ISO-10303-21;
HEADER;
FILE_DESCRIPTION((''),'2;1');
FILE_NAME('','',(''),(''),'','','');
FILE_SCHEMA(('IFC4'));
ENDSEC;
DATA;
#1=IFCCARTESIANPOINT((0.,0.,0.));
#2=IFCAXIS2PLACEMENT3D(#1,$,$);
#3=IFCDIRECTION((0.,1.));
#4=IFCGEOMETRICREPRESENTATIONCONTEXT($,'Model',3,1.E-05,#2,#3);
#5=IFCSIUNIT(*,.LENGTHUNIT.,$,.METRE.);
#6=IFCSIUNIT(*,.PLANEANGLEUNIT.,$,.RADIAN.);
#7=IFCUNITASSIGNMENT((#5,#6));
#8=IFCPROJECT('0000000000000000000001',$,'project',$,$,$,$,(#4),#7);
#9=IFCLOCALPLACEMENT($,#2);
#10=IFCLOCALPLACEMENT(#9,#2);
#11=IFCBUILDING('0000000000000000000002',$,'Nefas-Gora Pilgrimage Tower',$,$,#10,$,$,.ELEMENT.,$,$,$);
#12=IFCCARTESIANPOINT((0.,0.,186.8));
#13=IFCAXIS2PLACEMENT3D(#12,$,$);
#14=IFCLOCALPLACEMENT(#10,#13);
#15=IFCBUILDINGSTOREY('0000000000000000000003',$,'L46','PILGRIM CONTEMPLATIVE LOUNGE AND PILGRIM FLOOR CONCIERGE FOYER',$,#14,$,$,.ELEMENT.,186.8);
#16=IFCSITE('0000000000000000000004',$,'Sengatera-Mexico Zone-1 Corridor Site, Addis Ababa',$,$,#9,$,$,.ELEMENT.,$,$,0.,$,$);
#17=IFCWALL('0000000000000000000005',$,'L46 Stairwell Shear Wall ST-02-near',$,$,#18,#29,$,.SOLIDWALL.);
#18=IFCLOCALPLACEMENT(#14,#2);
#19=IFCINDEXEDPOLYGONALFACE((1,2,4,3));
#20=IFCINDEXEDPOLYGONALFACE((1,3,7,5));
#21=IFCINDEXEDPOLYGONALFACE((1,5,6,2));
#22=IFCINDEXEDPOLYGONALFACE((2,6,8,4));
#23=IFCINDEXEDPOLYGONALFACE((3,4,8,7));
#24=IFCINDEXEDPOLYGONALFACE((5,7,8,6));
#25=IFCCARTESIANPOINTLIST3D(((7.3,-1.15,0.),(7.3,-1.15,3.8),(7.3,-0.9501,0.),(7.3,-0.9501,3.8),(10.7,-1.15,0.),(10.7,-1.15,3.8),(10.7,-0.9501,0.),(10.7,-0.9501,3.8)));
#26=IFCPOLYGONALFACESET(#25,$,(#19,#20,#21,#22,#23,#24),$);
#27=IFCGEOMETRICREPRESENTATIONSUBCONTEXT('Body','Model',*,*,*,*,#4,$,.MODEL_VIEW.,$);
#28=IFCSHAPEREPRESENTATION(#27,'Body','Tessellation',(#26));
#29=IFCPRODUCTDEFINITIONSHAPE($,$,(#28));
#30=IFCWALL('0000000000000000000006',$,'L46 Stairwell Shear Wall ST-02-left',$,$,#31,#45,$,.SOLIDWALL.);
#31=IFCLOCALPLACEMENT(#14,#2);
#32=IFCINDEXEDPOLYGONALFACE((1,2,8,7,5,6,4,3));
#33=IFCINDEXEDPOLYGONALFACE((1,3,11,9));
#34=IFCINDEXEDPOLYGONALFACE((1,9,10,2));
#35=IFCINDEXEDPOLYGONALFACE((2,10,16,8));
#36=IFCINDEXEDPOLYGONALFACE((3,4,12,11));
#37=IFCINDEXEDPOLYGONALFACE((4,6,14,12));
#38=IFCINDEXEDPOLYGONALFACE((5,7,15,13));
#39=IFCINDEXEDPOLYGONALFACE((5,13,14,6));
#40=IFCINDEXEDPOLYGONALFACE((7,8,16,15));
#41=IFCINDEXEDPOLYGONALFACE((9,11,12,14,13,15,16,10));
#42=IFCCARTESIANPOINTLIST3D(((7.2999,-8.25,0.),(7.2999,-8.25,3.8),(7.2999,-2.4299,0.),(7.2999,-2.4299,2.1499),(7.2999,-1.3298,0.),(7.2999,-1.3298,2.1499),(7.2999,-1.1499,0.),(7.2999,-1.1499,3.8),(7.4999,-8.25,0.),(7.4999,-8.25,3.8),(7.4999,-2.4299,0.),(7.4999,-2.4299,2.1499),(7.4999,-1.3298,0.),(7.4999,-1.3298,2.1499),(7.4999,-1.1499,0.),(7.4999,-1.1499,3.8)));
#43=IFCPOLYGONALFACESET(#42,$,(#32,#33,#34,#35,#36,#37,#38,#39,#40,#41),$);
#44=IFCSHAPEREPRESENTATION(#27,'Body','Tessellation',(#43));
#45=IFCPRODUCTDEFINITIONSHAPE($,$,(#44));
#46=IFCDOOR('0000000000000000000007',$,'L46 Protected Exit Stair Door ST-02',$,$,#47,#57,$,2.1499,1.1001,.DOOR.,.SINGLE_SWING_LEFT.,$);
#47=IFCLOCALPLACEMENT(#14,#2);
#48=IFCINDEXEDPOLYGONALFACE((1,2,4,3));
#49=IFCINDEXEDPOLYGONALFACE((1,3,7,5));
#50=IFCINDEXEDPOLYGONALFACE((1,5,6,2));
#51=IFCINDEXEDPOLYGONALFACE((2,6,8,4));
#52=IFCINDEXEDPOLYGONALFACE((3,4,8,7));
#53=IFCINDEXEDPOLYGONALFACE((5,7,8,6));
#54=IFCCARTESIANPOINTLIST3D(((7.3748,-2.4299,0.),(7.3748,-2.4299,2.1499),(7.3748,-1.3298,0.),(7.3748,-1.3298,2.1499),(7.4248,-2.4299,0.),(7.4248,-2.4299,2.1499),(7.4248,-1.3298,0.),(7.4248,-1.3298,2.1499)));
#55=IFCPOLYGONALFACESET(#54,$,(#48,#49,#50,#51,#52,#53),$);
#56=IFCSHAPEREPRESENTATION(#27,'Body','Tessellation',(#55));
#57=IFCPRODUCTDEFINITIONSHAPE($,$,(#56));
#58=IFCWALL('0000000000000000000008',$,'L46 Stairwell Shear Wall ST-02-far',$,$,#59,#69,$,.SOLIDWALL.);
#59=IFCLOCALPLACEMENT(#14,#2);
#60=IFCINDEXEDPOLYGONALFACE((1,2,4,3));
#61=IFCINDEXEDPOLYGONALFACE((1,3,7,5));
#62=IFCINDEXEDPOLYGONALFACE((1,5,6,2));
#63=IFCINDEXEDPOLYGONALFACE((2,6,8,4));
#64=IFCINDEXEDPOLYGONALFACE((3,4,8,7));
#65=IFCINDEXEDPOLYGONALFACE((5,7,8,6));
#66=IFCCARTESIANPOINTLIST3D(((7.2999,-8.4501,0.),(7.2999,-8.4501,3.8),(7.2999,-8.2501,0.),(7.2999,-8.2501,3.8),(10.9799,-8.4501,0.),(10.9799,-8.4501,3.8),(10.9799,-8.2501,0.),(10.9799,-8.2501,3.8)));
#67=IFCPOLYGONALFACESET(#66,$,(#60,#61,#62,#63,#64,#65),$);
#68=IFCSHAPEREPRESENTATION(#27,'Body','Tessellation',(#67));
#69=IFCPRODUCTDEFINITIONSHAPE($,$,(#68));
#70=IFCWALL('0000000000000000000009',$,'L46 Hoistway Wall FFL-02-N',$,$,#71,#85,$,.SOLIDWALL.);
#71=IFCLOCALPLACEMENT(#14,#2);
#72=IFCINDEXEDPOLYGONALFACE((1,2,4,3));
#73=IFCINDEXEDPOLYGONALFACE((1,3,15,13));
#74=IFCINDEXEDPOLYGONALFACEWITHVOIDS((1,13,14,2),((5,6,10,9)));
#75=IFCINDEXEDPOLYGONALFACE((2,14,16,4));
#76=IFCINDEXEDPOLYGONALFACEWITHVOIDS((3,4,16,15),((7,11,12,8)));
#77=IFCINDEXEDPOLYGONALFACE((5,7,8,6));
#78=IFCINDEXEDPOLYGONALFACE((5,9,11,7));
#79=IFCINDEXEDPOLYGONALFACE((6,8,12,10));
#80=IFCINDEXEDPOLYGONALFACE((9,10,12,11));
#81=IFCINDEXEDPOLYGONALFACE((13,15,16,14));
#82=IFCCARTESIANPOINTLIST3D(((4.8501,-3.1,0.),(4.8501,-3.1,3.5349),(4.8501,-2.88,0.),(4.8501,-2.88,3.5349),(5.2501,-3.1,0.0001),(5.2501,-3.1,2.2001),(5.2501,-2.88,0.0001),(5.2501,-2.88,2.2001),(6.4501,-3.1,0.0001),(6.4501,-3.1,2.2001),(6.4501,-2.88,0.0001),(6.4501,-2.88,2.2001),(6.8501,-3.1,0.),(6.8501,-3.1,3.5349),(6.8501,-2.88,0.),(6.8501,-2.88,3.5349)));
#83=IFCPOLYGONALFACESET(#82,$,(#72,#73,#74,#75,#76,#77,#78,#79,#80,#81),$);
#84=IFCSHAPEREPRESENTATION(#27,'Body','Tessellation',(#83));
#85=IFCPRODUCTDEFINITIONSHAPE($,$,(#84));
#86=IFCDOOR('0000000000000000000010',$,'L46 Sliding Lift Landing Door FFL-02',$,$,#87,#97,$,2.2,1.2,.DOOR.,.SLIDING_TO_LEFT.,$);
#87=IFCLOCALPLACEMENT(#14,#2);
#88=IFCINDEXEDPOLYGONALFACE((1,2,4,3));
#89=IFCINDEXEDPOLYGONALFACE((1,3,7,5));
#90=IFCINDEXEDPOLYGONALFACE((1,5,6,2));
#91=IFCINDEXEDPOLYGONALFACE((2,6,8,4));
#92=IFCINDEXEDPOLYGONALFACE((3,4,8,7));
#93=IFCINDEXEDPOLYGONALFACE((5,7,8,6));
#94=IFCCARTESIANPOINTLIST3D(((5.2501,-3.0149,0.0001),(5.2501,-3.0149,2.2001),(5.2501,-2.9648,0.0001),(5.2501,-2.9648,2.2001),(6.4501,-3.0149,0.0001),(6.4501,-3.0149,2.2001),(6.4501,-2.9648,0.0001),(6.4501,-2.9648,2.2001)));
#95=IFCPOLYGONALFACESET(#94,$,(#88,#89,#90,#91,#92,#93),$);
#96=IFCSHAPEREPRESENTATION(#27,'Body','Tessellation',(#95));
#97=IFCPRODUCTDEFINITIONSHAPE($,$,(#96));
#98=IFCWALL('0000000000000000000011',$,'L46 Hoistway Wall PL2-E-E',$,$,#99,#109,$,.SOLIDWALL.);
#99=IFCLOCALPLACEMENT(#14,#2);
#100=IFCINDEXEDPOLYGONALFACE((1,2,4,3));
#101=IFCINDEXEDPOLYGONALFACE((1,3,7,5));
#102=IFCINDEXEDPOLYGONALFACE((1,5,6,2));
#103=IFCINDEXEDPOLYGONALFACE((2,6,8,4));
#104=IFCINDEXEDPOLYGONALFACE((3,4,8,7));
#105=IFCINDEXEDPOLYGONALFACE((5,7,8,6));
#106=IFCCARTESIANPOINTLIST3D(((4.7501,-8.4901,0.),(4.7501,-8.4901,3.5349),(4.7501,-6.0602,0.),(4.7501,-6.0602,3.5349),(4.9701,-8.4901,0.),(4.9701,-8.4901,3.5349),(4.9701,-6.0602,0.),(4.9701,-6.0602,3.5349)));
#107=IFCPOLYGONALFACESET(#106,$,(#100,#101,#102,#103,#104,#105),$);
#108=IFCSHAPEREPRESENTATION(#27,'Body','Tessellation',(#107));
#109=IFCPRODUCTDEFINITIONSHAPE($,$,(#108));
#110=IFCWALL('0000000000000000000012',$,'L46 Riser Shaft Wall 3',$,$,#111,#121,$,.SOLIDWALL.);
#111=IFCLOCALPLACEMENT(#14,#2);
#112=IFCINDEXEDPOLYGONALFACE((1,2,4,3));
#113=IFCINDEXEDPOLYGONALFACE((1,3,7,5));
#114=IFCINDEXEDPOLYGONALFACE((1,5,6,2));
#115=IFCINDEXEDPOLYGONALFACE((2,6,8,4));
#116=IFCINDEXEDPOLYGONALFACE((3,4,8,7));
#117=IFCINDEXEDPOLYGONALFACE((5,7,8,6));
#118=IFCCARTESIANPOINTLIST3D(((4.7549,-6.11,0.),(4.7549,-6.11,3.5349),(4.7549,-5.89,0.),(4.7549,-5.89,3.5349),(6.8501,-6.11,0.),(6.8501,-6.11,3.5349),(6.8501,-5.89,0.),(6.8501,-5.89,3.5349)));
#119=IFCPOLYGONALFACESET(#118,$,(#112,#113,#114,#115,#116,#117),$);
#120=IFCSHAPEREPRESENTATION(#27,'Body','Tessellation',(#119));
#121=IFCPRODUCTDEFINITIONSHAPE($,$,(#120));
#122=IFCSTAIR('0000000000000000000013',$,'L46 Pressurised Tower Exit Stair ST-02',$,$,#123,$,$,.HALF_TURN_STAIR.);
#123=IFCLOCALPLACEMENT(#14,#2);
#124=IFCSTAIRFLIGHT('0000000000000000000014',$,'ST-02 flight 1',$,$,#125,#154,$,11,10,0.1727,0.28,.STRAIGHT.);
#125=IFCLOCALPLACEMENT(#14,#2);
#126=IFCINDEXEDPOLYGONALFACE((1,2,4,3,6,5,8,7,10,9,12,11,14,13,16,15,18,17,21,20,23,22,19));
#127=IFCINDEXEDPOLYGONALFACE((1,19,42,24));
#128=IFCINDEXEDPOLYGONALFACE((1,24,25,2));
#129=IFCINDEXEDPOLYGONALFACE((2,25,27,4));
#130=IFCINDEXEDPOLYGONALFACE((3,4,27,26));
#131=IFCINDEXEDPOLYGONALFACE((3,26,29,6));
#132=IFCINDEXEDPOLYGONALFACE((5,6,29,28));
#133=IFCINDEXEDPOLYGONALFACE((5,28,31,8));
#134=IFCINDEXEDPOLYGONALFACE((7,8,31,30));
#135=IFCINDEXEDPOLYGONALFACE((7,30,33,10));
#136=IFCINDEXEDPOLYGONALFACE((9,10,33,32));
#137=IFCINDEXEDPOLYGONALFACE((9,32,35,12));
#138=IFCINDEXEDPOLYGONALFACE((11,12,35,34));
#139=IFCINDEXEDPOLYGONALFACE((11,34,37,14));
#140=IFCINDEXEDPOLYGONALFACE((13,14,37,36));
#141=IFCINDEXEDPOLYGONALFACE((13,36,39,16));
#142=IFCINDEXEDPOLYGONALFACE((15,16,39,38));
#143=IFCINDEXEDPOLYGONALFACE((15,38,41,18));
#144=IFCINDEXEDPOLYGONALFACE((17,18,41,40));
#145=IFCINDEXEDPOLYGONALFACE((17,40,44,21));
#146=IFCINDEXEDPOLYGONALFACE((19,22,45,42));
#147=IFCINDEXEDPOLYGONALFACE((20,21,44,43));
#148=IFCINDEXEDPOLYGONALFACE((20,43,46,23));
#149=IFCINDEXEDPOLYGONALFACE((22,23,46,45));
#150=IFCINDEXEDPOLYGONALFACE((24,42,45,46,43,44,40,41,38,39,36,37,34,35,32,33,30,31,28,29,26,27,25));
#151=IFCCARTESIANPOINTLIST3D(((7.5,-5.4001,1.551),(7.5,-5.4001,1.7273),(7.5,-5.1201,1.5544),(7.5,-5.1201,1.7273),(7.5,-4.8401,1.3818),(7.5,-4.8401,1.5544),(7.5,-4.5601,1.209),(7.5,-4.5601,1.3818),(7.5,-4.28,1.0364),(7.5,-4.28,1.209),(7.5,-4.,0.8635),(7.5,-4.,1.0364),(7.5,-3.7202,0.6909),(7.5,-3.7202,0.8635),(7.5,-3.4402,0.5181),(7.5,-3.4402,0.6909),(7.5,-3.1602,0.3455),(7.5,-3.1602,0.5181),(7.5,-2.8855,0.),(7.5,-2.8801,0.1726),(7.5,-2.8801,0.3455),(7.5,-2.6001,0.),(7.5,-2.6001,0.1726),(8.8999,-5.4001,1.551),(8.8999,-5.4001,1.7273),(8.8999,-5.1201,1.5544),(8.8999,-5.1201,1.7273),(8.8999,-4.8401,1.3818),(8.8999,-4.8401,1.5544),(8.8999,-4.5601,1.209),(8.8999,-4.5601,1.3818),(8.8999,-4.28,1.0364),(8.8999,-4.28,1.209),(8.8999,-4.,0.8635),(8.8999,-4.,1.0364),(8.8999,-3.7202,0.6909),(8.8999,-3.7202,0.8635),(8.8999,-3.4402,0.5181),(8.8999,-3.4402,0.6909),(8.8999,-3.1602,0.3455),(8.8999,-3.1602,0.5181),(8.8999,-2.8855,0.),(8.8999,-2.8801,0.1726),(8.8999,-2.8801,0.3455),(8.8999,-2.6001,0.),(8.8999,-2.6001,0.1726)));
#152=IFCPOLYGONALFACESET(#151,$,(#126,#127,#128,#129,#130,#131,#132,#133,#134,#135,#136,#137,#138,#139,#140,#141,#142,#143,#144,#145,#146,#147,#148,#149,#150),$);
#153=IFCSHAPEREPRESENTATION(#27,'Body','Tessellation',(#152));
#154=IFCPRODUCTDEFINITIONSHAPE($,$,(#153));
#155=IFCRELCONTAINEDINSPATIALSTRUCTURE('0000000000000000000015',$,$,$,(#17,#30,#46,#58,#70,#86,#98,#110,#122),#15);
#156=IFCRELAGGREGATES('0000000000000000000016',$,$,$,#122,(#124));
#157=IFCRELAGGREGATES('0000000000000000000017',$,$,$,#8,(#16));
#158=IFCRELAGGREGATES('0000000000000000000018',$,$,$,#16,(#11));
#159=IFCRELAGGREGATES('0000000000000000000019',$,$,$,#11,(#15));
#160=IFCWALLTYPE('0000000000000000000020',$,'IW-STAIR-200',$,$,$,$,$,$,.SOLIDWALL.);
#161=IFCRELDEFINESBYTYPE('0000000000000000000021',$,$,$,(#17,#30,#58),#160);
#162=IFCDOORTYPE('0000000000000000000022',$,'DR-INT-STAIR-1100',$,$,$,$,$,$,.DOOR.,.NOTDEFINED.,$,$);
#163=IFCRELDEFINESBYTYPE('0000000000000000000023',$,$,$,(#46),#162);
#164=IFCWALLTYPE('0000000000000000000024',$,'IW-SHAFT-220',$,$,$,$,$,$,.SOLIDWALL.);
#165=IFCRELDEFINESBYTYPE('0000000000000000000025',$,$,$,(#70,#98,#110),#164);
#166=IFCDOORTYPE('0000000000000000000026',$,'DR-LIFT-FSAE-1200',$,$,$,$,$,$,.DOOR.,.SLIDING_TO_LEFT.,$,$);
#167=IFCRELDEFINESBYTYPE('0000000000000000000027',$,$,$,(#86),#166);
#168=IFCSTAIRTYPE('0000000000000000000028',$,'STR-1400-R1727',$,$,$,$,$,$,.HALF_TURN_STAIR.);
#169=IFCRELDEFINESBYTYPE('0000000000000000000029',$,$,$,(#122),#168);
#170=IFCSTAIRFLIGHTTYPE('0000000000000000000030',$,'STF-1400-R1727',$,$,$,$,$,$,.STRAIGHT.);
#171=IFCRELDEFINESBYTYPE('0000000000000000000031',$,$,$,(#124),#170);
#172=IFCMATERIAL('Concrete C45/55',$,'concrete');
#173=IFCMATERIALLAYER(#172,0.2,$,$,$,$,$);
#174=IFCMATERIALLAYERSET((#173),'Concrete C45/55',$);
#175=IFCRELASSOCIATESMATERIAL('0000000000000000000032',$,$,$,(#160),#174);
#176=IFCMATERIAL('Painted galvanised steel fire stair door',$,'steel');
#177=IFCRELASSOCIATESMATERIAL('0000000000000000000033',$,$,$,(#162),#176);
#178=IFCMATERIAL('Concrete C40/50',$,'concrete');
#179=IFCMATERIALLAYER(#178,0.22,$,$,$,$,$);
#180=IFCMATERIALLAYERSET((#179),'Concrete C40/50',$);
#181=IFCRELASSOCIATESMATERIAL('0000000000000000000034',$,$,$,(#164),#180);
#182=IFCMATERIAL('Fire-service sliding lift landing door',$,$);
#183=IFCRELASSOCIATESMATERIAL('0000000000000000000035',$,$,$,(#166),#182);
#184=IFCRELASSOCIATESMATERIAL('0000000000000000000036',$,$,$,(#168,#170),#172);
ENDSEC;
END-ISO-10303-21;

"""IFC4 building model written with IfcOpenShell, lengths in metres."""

from ifc_helpers import new_model, si_unit, direction, frame, frame_2d, origin, place, context, subcontext, project, spatial, polyline, rectangle, outline, extrude, source, transform, mapped, material, layer, layer_set, type_object, element, fill, aggregate, save


model = new_model("IFC4")

# Units and contexts
model_context = context("Model", 3, precision=1e-05, world=origin(), true_north=direction((0.0, 1.0)))
body_context = subcontext(model_context, "Body", "Model", "MODEL_VIEW")
ifc_project = project(units=[si_unit("LENGTHUNIT", "METRE"), si_unit("PLANEANGLEUNIT", "RADIAN")], contexts=[model_context])

# Site, building, storey
site_placement = place(None, origin())
site = spatial("IfcSite", under=ifc_project, at=site_placement, Name="Sengatera-Mexico Zone-1 Corridor Site, Addis Ababa", CompositionType="ELEMENT", RefElevation=0.0)
building_placement = place(site_placement, origin())
building = spatial("IfcBuilding", under=site, at=building_placement, Name="Nefas-Gora Pilgrimage Tower", CompositionType="ELEMENT")
storey_placement = place(building_placement, frame((0.0, 0.0, 186.8)))
storey = spatial("IfcBuildingStorey", under=building, at=storey_placement, Name="L46", Description="PILGRIM CONTEMPLATIVE LOUNGE AND PILGRIM FLOOR CONCIERGE FOYER", CompositionType="ELEMENT", Elevation=186.8)

# Wall
ifc_material_1 = material(Name="Concrete C45/55", Category="concrete")
ifc_layer_1 = layer(ifc_material_1, 0.2)
ifc_layer_set_1 = layer_set([ifc_layer_1], Name="Concrete C45/55")
wall_type_1 = type_object("IfcWallType", Name="IW-STAIR-200", PredefinedType="SOLIDWALL", material=ifc_layer_set_1)
shared_shape_1 = source(origin(), body_context, "Body", "SweptSolid", [
    extrude(rectangle(XDim=3.3999, YDim=0.2, at=frame_2d((1.7, 0.0))), origin(), (0.0, 0.0, 1.0), 3.8),
])
wall_1_placement = place(storey_placement, frame((7.3, -1.05, 0.0), z_axis=(0.0, 0.0, 1.0), x_axis=(1.0, 0.0, 0.0)))
element("IfcWall", 1, at=wall_1_placement, inside=storey, type_object=wall_type_1, Name="L46 Stairwell Shear Wall ST-02-near", PredefinedType="SOLIDWALL", context=body_context, shape_type="MappedRepresentation", body=[
    mapped(shared_shape_1, transform((0.0, 0.0, 0.0), x_axis=(1.0, 0.0, 0.0), y_axis=(0.0, 1.0, 0.0), z_axis=(0.0, 0.0, 1.0), scale=1.0)),
])

# Wall, opening, door
shared_shape_2 = source(origin(), body_context, "Body", "SweptSolid", [
    extrude(rectangle(XDim=7.1001, YDim=0.2, at=frame_2d((3.55, 0.0))), origin(), (0.0, 0.0, 1.0), 3.8),
])
wall_2_placement = place(storey_placement, frame((7.3999, -1.1499, 0.0), z_axis=(0.0, 0.0, 1.0), x_axis=(0.0, -1.0, 0.0)))
wall_2 = element("IfcWall", 2, at=wall_2_placement, inside=storey, type_object=wall_type_1, Name="L46 Stairwell Shear Wall ST-02-left", PredefinedType="SOLIDWALL", context=body_context, shape_type="MappedRepresentation", body=[
    mapped(shared_shape_2, transform((0.0, 0.0, 0.0), x_axis=(1.0, 0.0, 0.0), y_axis=(0.0, 1.0, 0.0), z_axis=(0.0, 0.0, 1.0), scale=1.0)),
])
opening_1_placement = place(wall_2_placement, frame((0.1799, 0.0, 0.0)))
opening_1 = element("IfcOpeningElement", 3, at=opening_1_placement, cuts=wall_2, PredefinedType="OPENING", context=body_context, shape_type="SweptSolid", body=[
    extrude(rectangle(XDim=1.1001, YDim=2.1499, at=frame_2d((0.55, 1.075))), frame((0.0, 0.1099, 0.0), z_axis=(0.0, -1.0, 0.0), x_axis=(1.0, 0.0, 0.0)), (0.0, 0.0, 1.0), 0.22),
])
ifc_material_2 = material(Name="Painted galvanised steel fire stair door", Category="steel")
door_type_1 = type_object("IfcDoorType", Name="DR-INT-STAIR-1100", OperationType="NOTDEFINED", PredefinedType="DOOR", material=ifc_material_2)
shared_shape_3 = source(origin(), body_context, "Body", "SweptSolid", [
    extrude(rectangle(XDim=1.1001, YDim=2.1499, at=frame_2d((0.55, 1.075))), frame((0.0, 0.0249, 0.0), z_axis=(0.0, -1.0, 0.0), x_axis=(1.0, 0.0, 0.0)), (0.0, 0.0, 1.0), 0.05),
])
door_1_placement = place(opening_1_placement, origin())
door_1 = element("IfcDoor", 4, at=door_1_placement, inside=storey, type_object=door_type_1, Name="L46 Protected Exit Stair Door ST-02", OperationType="SINGLE_SWING_LEFT", OverallHeight=2.1499, OverallWidth=1.1001, PredefinedType="DOOR", context=body_context, shape_type="MappedRepresentation", body=[
    mapped(shared_shape_3, transform((0.0, 0.0, 0.0), x_axis=(1.0, 0.0, 0.0), y_axis=(0.0, 1.0, 0.0), z_axis=(0.0, 0.0, 1.0), scale=1.0)),
])
fill(opening_1, door_1)

# Wall
shared_shape_4 = source(origin(), body_context, "Body", "SweptSolid", [
    extrude(rectangle(XDim=3.6799, YDim=0.2, at=frame_2d((1.8398, 0.0))), origin(), (0.0, 0.0, 1.0), 3.8),
])
wall_3_placement = place(storey_placement, frame((7.3, -8.3501, 0.0), z_axis=(0.0, 0.0, 1.0), x_axis=(1.0, 0.0, 0.0)))
element("IfcWall", 5, at=wall_3_placement, inside=storey, type_object=wall_type_1, Name="L46 Stairwell Shear Wall ST-02-far", PredefinedType="SOLIDWALL", context=body_context, shape_type="MappedRepresentation", body=[
    mapped(shared_shape_4, transform((0.0, 0.0, 0.0), x_axis=(1.0, 0.0, 0.0), y_axis=(0.0, 1.0, 0.0), z_axis=(0.0, 0.0, 1.0), scale=1.0)),
])

# Wall, opening, door
ifc_material_3 = material(Name="Concrete C40/50", Category="concrete")
ifc_layer_2 = layer(ifc_material_3, 0.22)
ifc_layer_set_2 = layer_set([ifc_layer_2], Name="Concrete C40/50")
wall_type_2 = type_object("IfcWallType", Name="IW-SHAFT-220", PredefinedType="SOLIDWALL", material=ifc_layer_set_2)
shared_shape_5 = source(origin(), body_context, "Body", "SweptSolid", [
    extrude(rectangle(XDim=2.0, YDim=0.22, at=frame_2d((1.0, 0.0))), origin(), (0.0, 0.0, 1.0), 3.5349),
])
wall_4_placement = place(storey_placement, frame((6.8501, -2.99, 0.0), z_axis=(0.0, 0.0, 1.0), x_axis=(-1.0, 0.0, 0.0)))
wall_4 = element("IfcWall", 6, at=wall_4_placement, inside=storey, type_object=wall_type_2, Name="L46 Hoistway Wall FFL-02-N", PredefinedType="SOLIDWALL", context=body_context, shape_type="MappedRepresentation", body=[
    mapped(shared_shape_5, transform((0.0, 0.0, 0.0), x_axis=(1.0, 0.0, 0.0), y_axis=(0.0, 1.0, 0.0), z_axis=(0.0, 0.0, 1.0), scale=1.0)),
])
opening_2_placement = place(wall_4_placement, frame((0.3999, 0.0, 0.0)))
opening_2 = element("IfcOpeningElement", 7, at=opening_2_placement, cuts=wall_4, PredefinedType="OPENING", context=body_context, shape_type="SweptSolid", body=[
    extrude(rectangle(XDim=1.2, YDim=2.2, at=frame_2d((0.6001, 1.1001))), frame((0.0, 0.1199, 0.0), z_axis=(0.0, -1.0, 0.0), x_axis=(1.0, 0.0, 0.0)), (0.0, 0.0, 1.0), 0.24),
])
ifc_material_4 = material(Name="Fire-service sliding lift landing door")
door_type_2 = type_object("IfcDoorType", Name="DR-LIFT-FSAE-1200", OperationType="SLIDING_TO_LEFT", PredefinedType="DOOR", material=ifc_material_4)
shared_shape_6 = source(origin(), body_context, "Body", "SweptSolid", [
    extrude(rectangle(XDim=1.2, YDim=2.2, at=frame_2d((0.6001, 1.1001))), frame((0.0, 0.0249, 0.0), z_axis=(0.0, -1.0, 0.0), x_axis=(1.0, 0.0, 0.0)), (0.0, 0.0, 1.0), 0.05),
])
door_2_placement = place(opening_2_placement, origin())
door_2 = element("IfcDoor", 8, at=door_2_placement, inside=storey, type_object=door_type_2, Name="L46 Sliding Lift Landing Door FFL-02", OperationType="SLIDING_TO_LEFT", OverallHeight=2.2, OverallWidth=1.2, PredefinedType="DOOR", context=body_context, shape_type="MappedRepresentation", body=[
    mapped(shared_shape_6, transform((0.0, 0.0, 0.0), x_axis=(1.0, 0.0, 0.0), y_axis=(0.0, 1.0, 0.0), z_axis=(0.0, 0.0, 1.0), scale=1.0)),
])
fill(opening_2, door_2)

# Walls
shared_shape_7 = source(origin(), body_context, "Body", "SweptSolid", [
    extrude(rectangle(XDim=2.4299, YDim=0.22, at=frame_2d((1.2148, 0.0))), origin(), (0.0, 0.0, 1.0), 3.5349),
])
wall_5_placement = place(storey_placement, frame((4.8601, -8.49, 0.0), z_axis=(0.0, 0.0, 1.0), x_axis=(0.0, 1.0, 0.0)))
element("IfcWall", 9, at=wall_5_placement, inside=storey, type_object=wall_type_2, Name="L46 Hoistway Wall PL2-E-E", PredefinedType="SOLIDWALL", context=body_context, shape_type="MappedRepresentation", body=[
    mapped(shared_shape_7, transform((0.0, 0.0, 0.0), x_axis=(1.0, 0.0, 0.0), y_axis=(0.0, 1.0, 0.0), z_axis=(0.0, 0.0, 1.0), scale=1.0)),
])
shared_shape_8 = source(origin(), body_context, "Body", "SweptSolid", [
    extrude(rectangle(XDim=2.0952, YDim=0.22, at=frame_2d((1.0476, 0.0))), origin(), (0.0, 0.0, 1.0), 3.5349),
])
wall_6_placement = place(storey_placement, frame((4.7549, -6.0, 0.0), z_axis=(0.0, 0.0, 1.0), x_axis=(1.0, 0.0, 0.0)))
element("IfcWall", 10, at=wall_6_placement, inside=storey, type_object=wall_type_2, Name="L46 Riser Shaft Wall 3", PredefinedType="SOLIDWALL", context=body_context, shape_type="MappedRepresentation", body=[
    mapped(shared_shape_8, transform((0.0, 0.0, 0.0), x_axis=(1.0, 0.0, 0.0), y_axis=(0.0, 1.0, 0.0), z_axis=(0.0, 0.0, 1.0), scale=1.0)),
])

# Stair, stair flight
stair_type = type_object("IfcStairType", Name="STR-1400-R1727", PredefinedType="HALF_TURN_STAIR", material=ifc_material_1)
stair_placement = place(storey_placement, origin())
stair = element("IfcStair", 11, at=stair_placement, inside=storey, type_object=stair_type, Name="L46 Pressurised Tower Exit Stair ST-02", PredefinedType="HALF_TURN_STAIR")
stair_flight_type = type_object("IfcStairFlightType", Name="STF-1400-R1727", PredefinedType="STRAIGHT", material=ifc_material_1)
shared_shape_9 = source(origin(), body_context, "Body", "SweptSolid", [
    extrude(outline(polyline([(0.0, 0.0), (0.0, 0.1726), (0.28, 0.1726), (0.28, 0.3455), (0.5601, 0.3455), (0.5601, 0.5181), (0.8401, 0.5181), (0.8401, 0.6909), (1.1201, 0.6909), (1.1201, 0.8635), (1.3999, 0.8635), (1.3999, 1.0364), (1.6799, 1.0364), (1.6799, 1.209), (1.96, 1.209), (1.96, 1.3818), (2.24, 1.3818), (2.24, 1.5544), (2.52, 1.5544), (2.52, 1.7273), (2.8, 1.7273), (2.8, 1.8999), (2.8, 1.551), (0.2854, 0.0), (0.0, 0.0)])), frame((0.0, 0.7, 0.0), z_axis=(0.0, -1.0, 0.0), x_axis=(1.0, 0.0, 0.0)), (0.0, 0.0, 1.0), 1.3999),
])
stair_flight_1_placement = place(storey_placement, frame((8.2, -2.6001, 0.0), z_axis=(0.0, 0.0, 1.0), x_axis=(0.0, -1.0, 0.0)))
stair_flight_1 = element("IfcStairFlight", 12, at=stair_flight_1_placement, type_object=stair_flight_type, Name="ST-02 flight 1", NumberOfRisers=11, NumberOfTreads=10, PredefinedType="STRAIGHT", RiserHeight=0.1727, TreadLength=0.28, context=body_context, shape_type="MappedRepresentation", body=[
    mapped(shared_shape_9, transform((0.0, 0.0, 0.0), x_axis=(1.0, 0.0, 0.0), y_axis=(0.0, 1.0, 0.0), z_axis=(0.0, 0.0, 1.0), scale=1.0)),
])
aggregate(stair, [stair_flight_1])

save(model, "model.ifc")
